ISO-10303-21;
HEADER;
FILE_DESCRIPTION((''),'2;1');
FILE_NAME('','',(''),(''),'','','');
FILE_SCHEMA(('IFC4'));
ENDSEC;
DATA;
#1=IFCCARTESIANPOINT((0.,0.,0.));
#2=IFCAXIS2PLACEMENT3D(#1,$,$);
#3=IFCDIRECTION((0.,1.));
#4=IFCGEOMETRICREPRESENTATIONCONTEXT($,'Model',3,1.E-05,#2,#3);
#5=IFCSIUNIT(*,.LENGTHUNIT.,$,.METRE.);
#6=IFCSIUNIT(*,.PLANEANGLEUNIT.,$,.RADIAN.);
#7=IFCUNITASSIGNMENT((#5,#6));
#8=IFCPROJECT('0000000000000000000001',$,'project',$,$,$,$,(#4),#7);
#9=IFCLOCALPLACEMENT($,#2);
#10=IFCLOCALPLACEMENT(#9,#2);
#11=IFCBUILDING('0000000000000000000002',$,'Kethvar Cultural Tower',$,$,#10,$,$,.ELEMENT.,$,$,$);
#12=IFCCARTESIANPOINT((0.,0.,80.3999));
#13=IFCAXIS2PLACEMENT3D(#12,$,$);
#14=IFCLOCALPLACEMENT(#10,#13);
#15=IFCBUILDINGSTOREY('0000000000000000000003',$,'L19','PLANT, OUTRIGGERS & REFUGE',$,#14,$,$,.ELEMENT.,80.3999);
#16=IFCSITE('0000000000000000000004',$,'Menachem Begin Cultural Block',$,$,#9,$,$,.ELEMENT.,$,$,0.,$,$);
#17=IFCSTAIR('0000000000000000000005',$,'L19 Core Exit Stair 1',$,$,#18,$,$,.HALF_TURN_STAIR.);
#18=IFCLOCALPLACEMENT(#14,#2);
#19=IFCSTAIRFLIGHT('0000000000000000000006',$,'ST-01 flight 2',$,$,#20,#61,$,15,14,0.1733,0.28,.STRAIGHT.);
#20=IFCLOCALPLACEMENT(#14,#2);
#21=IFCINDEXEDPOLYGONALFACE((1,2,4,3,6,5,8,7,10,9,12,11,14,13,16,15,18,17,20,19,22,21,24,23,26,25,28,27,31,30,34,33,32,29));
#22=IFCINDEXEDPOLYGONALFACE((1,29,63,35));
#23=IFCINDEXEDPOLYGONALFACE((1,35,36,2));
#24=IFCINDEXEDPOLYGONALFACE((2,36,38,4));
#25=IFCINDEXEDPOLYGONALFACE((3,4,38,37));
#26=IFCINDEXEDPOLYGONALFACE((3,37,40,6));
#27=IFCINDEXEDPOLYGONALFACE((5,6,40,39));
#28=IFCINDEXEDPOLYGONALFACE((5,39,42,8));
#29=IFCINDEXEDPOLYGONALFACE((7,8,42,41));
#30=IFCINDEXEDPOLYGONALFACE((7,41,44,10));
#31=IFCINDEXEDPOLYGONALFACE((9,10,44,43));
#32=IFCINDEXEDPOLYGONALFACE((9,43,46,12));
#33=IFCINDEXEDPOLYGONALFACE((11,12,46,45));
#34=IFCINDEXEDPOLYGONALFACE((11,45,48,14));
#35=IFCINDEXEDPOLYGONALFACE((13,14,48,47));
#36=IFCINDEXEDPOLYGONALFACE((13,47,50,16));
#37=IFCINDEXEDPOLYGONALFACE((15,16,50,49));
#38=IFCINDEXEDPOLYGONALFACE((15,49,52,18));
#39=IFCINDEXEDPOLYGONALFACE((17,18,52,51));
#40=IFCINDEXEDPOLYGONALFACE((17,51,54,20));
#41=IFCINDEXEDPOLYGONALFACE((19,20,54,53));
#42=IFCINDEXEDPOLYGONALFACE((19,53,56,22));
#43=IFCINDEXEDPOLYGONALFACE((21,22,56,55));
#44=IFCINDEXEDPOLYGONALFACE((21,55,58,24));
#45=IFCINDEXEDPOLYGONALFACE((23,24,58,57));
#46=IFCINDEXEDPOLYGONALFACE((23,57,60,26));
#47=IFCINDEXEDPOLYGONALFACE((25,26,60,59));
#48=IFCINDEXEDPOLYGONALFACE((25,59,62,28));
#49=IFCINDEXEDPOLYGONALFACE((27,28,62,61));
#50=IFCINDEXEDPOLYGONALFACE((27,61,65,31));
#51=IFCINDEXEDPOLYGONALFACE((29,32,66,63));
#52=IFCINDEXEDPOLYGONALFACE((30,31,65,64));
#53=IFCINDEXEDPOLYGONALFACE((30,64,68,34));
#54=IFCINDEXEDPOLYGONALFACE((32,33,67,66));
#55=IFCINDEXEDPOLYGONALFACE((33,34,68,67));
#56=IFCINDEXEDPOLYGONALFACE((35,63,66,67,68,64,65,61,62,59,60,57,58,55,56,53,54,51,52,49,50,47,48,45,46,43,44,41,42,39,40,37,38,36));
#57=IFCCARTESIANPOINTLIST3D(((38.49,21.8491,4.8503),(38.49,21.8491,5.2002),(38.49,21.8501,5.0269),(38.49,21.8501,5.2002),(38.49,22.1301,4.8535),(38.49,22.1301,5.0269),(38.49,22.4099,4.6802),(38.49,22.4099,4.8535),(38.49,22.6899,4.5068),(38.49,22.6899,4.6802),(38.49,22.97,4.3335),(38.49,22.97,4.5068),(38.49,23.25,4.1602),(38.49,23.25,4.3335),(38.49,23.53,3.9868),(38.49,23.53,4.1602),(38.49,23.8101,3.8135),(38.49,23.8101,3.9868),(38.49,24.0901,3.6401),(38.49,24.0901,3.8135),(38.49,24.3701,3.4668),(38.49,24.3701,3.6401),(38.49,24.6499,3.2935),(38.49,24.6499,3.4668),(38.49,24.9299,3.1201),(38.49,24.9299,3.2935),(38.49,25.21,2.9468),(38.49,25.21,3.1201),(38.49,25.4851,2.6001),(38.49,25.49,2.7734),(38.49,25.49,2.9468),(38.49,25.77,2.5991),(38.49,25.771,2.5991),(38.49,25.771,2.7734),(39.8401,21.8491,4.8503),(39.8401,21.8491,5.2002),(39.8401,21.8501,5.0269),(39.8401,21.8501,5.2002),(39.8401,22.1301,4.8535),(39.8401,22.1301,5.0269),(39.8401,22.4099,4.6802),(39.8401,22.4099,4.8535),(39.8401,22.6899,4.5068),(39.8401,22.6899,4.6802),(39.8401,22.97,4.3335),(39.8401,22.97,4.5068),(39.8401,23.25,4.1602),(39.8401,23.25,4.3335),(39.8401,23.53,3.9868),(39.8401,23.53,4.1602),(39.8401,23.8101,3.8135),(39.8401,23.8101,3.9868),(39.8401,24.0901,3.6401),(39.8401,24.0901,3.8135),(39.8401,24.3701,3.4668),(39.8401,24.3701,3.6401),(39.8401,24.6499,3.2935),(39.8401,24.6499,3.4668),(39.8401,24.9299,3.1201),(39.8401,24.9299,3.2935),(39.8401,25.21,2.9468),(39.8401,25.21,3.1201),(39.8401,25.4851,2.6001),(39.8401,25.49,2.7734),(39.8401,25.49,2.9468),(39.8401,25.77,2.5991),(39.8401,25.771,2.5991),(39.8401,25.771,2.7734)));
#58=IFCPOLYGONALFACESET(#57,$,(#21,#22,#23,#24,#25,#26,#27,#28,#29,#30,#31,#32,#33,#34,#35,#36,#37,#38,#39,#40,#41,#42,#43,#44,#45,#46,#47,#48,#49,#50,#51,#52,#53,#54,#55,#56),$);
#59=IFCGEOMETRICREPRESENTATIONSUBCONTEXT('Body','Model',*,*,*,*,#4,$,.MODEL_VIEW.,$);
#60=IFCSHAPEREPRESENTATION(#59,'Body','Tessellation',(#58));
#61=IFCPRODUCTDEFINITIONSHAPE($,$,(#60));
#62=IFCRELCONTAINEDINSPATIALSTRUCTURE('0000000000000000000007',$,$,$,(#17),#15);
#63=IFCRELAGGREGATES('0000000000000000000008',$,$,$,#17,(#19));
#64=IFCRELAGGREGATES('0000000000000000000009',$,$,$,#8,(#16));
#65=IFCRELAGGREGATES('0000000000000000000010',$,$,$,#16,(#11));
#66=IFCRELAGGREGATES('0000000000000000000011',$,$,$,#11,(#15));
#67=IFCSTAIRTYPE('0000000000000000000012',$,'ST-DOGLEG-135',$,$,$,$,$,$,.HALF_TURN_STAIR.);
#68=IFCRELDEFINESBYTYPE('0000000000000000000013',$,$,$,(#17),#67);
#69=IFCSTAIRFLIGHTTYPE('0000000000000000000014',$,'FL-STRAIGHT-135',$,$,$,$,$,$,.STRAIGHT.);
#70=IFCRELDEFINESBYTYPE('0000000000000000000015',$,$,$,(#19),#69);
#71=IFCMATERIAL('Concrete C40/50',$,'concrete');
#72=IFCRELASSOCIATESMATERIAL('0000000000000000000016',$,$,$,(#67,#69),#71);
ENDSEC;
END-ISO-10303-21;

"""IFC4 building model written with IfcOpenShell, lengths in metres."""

from ifc_helpers import new_model, si_unit, direction, frame, origin, place, context, subcontext, project, spatial, polyline, outline, extrude, material, type_object, element, aggregate, save


model = new_model("IFC4")

# Units and contexts
model_context = context("Model", 3, precision=1e-05, world=origin(), true_north=direction((0.0, 1.0)))
body_context = subcontext(model_context, "Body", "Model", "MODEL_VIEW")
ifc_project = project(units=[si_unit("LENGTHUNIT", "METRE"), si_unit("PLANEANGLEUNIT", "RADIAN")], contexts=[model_context])

# Site, building, storey
site_placement = place(None, origin())
site = spatial("IfcSite", under=ifc_project, at=site_placement, Name="Menachem Begin Cultural Block", CompositionType="ELEMENT", RefElevation=0.0)
building_placement = place(site_placement, origin())
building = spatial("IfcBuilding", under=site, at=building_placement, Name="Kethvar Cultural Tower", CompositionType="ELEMENT")
storey_placement = place(building_placement, frame((0.0, 0.0, 80.3999)))
storey = spatial("IfcBuildingStorey", under=building, at=storey_placement, Name="L19", Description="PLANT, OUTRIGGERS & REFUGE", CompositionType="ELEMENT", Elevation=80.3999)

# Stair, stair flight
ifc_material_1 = material(Name="Concrete C40/50", Category="concrete")
stair_type = type_object("IfcStairType", Name="ST-DOGLEG-135", PredefinedType="HALF_TURN_STAIR", material=ifc_material_1)
stair_placement = place(storey_placement, origin())
stair = element("IfcStair", 1, at=stair_placement, inside=storey, type_object=stair_type, Name="L19 Core Exit Stair 1", PredefinedType="HALF_TURN_STAIR")
stair_flight_type = type_object("IfcStairFlightType", Name="FL-STRAIGHT-135", PredefinedType="STRAIGHT", material=ifc_material_1)
stair_flight_1_placement = place(storey_placement, frame((39.165, 25.77, 2.6001), z_axis=(0.0, 0.0, 1.0), x_axis=(0.0, -1.0, 0.0)))
stair_flight_1 = element("IfcStairFlight", 2, at=stair_flight_1_placement, type_object=stair_flight_type, Name="ST-01 flight 2", NumberOfRisers=15, NumberOfTreads=14, PredefinedType="STRAIGHT", RiserHeight=0.1733, TreadLength=0.28, context=body_context, shape_type="SweptSolid", body=[
    extrude(outline(polyline([(-0.001, -0.001), (-0.001, 0.1733), (0.28, 0.1733), (0.28, 0.3467), (0.5601, 0.3467), (0.5601, 0.52), (0.8401, 0.52), (0.8401, 0.6934), (1.1201, 0.6934), (1.1201, 0.8667), (1.3999, 0.8667), (1.3999, 1.04), (1.6799, 1.04), (1.6799, 1.2134), (1.96, 1.2134), (1.96, 1.3867), (2.24, 1.3867), (2.24, 1.5601), (2.52, 1.5601), (2.52, 1.7334), (2.8, 1.7334), (2.8, 1.9067), (3.0801, 1.9067), (3.0801, 2.0801), (3.3601, 2.0801), (3.3601, 2.2534), (3.6399, 2.2534), (3.6399, 2.4268), (3.9199, 2.4268), (3.9199, 2.6001), (3.9209, 2.6001), (3.9209, 2.2502), (0.2849, 0.0), (0.0, -0.001), (-0.001, -0.001)])), frame((0.0, 0.675, 0.0), z_axis=(0.0, -1.0, 0.0), x_axis=(1.0, 0.0, 0.0)), (0.0, 0.0, 1.0), 1.3501),
])
aggregate(stair, [stair_flight_1])

save(model, "model.ifc")
